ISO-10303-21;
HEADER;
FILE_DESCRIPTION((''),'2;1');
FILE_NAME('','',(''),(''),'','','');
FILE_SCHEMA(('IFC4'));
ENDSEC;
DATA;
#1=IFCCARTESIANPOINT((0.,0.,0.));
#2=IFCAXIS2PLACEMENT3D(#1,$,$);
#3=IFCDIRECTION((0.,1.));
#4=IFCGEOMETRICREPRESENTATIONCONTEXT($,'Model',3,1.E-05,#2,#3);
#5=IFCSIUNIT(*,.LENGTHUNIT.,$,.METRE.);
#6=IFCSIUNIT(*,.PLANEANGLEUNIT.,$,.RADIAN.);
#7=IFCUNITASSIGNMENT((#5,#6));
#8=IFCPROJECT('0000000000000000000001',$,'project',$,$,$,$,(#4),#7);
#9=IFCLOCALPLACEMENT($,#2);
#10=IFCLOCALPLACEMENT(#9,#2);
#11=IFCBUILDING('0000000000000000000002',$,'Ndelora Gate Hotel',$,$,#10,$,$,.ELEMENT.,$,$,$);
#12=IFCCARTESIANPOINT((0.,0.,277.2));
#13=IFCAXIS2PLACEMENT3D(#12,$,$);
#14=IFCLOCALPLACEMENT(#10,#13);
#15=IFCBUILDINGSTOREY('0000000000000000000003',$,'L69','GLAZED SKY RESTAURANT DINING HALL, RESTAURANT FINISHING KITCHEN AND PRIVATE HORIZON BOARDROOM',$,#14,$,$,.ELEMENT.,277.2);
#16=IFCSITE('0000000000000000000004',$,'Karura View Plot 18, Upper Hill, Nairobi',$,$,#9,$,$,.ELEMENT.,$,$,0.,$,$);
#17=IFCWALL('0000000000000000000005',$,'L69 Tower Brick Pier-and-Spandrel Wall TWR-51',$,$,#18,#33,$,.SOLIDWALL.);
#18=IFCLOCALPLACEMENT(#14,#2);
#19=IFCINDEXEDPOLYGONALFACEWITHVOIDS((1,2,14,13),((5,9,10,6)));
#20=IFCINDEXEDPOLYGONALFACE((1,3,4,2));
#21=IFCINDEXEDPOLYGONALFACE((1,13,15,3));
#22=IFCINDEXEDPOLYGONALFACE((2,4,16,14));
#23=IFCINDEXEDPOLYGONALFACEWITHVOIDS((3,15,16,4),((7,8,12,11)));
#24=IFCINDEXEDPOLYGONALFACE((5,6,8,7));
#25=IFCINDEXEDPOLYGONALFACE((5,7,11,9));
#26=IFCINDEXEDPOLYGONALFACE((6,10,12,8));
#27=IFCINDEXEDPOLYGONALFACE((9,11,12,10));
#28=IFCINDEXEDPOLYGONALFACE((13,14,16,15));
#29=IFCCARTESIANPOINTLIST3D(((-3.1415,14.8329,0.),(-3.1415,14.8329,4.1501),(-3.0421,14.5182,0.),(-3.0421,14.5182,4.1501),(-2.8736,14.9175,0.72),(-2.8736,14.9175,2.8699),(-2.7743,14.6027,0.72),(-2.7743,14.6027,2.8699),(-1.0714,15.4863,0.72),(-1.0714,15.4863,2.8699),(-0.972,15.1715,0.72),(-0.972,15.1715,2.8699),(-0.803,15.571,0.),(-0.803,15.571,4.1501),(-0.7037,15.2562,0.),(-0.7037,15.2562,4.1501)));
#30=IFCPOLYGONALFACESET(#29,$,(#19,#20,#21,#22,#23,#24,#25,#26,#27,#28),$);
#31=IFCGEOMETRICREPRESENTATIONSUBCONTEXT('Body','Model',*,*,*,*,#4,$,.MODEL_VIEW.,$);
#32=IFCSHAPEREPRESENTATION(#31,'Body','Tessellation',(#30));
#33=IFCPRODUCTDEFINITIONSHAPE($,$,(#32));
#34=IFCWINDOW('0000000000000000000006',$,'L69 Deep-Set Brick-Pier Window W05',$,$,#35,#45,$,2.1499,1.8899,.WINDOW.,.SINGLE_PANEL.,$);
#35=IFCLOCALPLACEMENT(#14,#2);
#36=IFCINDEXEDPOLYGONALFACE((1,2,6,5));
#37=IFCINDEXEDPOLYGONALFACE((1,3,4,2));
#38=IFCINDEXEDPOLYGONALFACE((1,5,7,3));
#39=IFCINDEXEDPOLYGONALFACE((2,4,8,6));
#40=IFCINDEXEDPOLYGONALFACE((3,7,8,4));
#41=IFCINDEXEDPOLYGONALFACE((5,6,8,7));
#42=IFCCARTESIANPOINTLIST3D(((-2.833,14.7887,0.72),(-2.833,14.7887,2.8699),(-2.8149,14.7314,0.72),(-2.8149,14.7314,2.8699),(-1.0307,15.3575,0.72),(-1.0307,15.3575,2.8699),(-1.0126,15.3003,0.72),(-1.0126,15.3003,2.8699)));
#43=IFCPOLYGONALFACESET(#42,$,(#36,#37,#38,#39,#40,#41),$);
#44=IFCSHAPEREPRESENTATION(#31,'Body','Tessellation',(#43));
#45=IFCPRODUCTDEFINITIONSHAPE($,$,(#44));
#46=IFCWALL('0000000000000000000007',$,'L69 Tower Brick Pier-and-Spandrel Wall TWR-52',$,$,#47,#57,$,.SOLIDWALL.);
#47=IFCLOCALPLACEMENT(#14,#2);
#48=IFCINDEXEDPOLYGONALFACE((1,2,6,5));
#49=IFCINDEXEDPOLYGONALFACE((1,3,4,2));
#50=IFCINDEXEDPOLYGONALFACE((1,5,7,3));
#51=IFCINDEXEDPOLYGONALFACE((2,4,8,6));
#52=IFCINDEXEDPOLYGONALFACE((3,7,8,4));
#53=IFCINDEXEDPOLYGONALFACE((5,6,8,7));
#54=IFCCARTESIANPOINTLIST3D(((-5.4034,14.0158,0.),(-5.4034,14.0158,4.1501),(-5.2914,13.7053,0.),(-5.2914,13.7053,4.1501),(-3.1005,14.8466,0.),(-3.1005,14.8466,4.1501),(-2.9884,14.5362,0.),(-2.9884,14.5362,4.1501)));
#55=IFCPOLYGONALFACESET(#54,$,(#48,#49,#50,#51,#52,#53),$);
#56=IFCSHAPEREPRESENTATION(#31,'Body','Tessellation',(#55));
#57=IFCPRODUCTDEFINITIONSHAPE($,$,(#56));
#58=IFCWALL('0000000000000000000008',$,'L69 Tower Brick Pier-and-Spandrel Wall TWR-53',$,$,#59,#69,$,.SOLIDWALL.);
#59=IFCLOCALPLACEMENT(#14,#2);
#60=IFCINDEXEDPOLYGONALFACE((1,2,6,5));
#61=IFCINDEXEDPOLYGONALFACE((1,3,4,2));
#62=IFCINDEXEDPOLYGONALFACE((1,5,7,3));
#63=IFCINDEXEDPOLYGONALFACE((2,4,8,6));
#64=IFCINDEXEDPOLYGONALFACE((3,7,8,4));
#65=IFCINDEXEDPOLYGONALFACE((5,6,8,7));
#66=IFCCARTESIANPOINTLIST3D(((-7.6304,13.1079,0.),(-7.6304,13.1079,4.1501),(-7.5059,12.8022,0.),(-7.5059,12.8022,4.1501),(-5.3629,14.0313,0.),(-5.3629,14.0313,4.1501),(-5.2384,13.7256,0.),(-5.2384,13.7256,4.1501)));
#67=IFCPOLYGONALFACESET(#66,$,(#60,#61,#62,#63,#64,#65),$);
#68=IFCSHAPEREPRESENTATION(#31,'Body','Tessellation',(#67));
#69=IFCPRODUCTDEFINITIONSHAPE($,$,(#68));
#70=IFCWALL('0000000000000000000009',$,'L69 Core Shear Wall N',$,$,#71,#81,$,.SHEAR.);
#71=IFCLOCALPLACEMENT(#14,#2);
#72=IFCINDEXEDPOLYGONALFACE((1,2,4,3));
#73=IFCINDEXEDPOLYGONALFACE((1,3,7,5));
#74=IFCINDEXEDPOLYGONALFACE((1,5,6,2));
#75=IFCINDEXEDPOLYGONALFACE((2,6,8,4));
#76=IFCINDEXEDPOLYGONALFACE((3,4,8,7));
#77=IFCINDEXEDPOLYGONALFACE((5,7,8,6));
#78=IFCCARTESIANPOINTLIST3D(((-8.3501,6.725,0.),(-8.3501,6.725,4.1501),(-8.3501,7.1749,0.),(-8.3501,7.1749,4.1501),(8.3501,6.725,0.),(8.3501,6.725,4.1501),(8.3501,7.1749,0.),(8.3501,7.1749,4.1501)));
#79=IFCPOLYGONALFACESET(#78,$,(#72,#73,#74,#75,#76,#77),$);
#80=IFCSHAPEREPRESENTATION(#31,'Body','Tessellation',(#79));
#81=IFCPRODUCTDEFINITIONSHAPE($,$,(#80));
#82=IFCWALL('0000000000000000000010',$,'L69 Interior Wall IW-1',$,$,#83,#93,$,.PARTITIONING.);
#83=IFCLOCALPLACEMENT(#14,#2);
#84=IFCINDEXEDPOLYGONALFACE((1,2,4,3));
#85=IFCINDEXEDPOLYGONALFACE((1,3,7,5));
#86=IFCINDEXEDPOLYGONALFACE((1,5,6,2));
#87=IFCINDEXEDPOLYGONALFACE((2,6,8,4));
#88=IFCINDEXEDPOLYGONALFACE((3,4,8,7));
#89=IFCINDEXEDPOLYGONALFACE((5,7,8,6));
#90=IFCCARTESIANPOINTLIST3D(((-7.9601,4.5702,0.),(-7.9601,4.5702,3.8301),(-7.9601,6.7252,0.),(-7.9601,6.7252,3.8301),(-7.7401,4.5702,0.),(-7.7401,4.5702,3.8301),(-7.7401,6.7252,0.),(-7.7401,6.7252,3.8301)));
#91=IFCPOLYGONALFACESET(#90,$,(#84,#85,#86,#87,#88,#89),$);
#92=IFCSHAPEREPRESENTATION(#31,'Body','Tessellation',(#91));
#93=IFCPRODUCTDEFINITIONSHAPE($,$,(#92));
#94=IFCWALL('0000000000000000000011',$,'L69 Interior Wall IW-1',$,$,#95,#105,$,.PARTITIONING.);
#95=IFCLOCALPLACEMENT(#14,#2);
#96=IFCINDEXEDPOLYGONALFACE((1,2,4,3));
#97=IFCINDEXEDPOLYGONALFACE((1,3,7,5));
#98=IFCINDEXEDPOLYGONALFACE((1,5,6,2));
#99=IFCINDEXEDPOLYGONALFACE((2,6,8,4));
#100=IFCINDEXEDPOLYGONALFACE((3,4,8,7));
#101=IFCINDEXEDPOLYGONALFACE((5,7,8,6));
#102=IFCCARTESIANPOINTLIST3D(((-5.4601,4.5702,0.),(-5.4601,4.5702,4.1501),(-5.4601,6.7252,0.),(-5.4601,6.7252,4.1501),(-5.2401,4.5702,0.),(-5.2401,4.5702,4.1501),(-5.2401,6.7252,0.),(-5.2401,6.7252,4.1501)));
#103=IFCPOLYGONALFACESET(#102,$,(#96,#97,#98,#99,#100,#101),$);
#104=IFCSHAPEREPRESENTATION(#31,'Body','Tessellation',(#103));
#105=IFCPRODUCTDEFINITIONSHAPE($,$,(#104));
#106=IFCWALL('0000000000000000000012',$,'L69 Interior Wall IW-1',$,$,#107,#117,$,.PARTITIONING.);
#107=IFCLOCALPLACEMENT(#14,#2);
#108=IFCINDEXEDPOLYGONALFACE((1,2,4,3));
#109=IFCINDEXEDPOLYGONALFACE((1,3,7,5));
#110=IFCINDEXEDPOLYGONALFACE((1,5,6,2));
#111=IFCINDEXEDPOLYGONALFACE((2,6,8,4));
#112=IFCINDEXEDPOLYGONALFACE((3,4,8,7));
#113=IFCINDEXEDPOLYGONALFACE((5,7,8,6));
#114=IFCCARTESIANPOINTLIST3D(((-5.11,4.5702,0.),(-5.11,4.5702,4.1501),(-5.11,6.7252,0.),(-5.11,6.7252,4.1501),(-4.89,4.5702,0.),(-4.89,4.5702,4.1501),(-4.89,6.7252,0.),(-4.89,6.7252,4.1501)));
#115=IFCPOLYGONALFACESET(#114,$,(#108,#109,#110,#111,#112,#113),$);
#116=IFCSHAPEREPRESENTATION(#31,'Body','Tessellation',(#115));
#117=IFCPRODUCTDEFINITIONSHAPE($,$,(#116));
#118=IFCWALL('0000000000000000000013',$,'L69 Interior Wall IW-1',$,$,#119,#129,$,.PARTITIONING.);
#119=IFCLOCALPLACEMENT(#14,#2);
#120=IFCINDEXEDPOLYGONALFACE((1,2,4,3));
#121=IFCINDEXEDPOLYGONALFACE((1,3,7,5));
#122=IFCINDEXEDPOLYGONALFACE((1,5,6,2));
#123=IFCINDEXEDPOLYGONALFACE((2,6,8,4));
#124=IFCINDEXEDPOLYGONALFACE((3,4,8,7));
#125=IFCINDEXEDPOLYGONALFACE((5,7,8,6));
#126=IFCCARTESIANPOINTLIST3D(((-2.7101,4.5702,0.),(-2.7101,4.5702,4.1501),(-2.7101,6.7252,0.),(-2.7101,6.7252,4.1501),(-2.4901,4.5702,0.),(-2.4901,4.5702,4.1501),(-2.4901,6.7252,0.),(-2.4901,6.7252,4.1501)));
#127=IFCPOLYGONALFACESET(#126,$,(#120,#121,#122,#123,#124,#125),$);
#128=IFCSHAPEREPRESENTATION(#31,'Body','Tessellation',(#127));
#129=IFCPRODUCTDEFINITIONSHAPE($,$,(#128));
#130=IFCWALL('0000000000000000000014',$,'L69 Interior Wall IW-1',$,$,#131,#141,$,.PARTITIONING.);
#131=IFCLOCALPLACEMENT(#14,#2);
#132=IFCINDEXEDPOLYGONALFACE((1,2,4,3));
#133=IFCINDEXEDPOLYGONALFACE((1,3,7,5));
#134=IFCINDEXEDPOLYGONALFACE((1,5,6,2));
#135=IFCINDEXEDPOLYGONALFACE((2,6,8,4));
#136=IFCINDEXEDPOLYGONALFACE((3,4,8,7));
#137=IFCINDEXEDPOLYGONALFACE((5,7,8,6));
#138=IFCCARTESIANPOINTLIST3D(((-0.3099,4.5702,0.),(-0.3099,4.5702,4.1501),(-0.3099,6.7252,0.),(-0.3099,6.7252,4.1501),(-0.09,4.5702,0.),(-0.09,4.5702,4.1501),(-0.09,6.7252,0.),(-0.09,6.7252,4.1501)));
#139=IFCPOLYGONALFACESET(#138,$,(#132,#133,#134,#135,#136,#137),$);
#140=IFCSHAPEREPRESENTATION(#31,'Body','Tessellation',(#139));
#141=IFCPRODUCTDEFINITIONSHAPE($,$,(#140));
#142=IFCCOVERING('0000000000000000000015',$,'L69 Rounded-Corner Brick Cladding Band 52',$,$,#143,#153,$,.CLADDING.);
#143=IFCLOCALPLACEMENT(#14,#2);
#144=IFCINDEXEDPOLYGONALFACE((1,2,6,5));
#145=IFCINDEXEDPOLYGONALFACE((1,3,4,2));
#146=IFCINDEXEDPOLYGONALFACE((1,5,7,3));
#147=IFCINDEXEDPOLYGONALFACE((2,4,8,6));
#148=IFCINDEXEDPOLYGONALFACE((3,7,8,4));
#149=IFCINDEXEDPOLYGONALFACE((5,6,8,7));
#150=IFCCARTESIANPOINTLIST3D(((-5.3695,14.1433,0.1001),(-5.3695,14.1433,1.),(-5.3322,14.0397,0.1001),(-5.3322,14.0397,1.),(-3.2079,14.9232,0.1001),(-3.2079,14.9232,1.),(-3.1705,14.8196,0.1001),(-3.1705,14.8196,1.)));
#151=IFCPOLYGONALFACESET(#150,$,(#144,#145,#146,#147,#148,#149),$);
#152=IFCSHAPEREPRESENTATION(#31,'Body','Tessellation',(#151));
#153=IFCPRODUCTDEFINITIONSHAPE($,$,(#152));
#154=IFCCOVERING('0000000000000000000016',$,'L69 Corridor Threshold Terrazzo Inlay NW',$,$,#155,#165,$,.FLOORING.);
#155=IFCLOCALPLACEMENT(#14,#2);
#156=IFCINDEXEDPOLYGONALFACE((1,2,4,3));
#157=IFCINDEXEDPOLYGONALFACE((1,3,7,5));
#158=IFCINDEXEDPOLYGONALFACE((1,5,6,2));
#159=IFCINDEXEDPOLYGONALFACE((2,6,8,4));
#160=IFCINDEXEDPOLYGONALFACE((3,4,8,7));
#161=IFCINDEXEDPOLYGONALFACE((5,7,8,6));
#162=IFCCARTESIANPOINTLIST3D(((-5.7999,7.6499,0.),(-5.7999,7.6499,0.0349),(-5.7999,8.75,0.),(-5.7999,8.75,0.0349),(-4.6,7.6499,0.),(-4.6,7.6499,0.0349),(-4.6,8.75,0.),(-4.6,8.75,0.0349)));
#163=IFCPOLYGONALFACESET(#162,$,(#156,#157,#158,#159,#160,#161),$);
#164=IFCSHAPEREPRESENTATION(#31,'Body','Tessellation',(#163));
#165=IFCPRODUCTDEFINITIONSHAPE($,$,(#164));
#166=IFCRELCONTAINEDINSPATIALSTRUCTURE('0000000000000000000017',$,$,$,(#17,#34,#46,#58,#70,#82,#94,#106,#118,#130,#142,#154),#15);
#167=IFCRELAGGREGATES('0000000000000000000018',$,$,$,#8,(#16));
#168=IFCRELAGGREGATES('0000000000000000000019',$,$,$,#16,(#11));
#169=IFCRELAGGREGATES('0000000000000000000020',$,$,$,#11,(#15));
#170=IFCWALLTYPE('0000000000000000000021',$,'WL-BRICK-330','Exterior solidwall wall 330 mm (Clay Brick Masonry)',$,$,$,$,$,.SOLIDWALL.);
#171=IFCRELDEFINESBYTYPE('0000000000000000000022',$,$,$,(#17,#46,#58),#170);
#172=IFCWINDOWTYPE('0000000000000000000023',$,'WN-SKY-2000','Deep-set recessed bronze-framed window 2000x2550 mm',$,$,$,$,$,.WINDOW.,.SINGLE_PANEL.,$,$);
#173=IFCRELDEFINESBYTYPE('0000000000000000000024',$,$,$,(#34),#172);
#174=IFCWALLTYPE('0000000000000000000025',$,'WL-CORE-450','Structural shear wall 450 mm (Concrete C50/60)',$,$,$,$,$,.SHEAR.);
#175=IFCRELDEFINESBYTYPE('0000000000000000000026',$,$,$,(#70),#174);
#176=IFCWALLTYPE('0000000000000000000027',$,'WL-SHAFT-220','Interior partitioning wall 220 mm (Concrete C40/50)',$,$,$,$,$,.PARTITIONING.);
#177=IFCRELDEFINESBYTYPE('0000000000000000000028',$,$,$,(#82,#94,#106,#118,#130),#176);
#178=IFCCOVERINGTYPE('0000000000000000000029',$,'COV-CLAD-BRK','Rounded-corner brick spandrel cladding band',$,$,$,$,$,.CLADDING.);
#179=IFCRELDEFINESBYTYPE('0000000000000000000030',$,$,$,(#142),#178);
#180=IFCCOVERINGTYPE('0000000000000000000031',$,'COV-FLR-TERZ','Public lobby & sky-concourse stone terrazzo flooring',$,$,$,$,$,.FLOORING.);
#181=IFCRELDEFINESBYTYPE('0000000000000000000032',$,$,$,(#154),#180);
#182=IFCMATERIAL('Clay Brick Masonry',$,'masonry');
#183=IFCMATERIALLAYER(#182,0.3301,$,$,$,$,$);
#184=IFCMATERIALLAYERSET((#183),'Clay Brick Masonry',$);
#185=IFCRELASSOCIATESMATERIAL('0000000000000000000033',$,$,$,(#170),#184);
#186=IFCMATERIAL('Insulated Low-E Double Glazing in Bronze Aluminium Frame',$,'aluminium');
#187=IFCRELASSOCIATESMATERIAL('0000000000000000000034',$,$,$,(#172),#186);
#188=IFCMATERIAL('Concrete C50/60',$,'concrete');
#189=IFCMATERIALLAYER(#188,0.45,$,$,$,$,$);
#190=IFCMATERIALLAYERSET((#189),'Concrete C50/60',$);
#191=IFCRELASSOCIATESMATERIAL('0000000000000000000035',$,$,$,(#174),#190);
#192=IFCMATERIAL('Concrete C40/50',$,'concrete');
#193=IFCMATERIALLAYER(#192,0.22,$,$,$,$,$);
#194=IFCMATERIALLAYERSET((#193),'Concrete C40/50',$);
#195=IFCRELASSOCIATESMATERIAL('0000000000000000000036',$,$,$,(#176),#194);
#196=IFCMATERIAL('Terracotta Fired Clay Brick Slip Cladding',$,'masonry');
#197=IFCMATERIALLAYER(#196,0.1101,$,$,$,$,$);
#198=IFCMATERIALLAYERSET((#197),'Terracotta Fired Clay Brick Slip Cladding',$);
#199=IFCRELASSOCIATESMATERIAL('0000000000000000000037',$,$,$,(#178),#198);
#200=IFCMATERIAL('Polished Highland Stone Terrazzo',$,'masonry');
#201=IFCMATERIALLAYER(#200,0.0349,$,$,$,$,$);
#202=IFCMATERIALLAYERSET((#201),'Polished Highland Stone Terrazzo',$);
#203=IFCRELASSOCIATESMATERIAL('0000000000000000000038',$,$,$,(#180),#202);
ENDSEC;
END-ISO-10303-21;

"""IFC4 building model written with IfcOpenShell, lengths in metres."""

from ifc_helpers import new_model, si_unit, direction, frame, frame_2d, origin, origin_2d, place, context, subcontext, project, spatial, rectangle, extrude, material, layer, layer_set, type_object, element, fill, save


model = new_model("IFC4")

# Units and contexts
model_context = context("Model", 3, precision=1e-05, world=origin(), true_north=direction((0.0, 1.0)))
body_context = subcontext(model_context, "Body", "Model", "MODEL_VIEW")
ifc_project = project(units=[si_unit("LENGTHUNIT", "METRE"), si_unit("PLANEANGLEUNIT", "RADIAN")], contexts=[model_context])

# Site, building, storey
site_placement = place(None, origin())
site = spatial("IfcSite", under=ifc_project, at=site_placement, Name="Karura View Plot 18, Upper Hill, Nairobi", CompositionType="ELEMENT", RefElevation=0.0)
building_placement = place(site_placement, origin())
building = spatial("IfcBuilding", under=site, at=building_placement, Name="Ndelora Gate Hotel", CompositionType="ELEMENT")
storey_placement = place(building_placement, frame((0.0, 0.0, 277.2)))
storey = spatial("IfcBuildingStorey", under=building, at=storey_placement, Name="L69", Description="GLAZED SKY RESTAURANT DINING HALL, RESTAURANT FINISHING KITCHEN AND PRIVATE HORIZON BOARDROOM", CompositionType="ELEMENT", Elevation=277.2)

# Shared definitions
ifc_material_1 = material(Name="Concrete C50/60", Category="concrete")

# Wall, opening, window
ifc_material_2 = material(Name="Clay Brick Masonry", Category="masonry")
ifc_layer_1 = layer(ifc_material_2, 0.3301)
ifc_layer_set_1 = layer_set([ifc_layer_1], Name="Clay Brick Masonry")
wall_type_1 = type_object("IfcWallType", Name="WL-BRICK-330", Description="Exterior solidwall wall 330 mm (Clay Brick Masonry)", PredefinedType="SOLIDWALL", material=ifc_layer_set_1)
ifc_material_3 = material(Name="Insulated Low-E Double Glazing in Bronze Aluminium Frame", Category="aluminium")
window_type = type_object("IfcWindowType", Name="WN-SKY-2000", Description="Deep-set recessed bronze-framed window 2000x2550 mm", PartitioningType="SINGLE_PANEL", PredefinedType="WINDOW", material=ifc_material_3)
wall_1_placement = place(storey_placement, frame((-3.0918, 14.6755, 0.0), z_axis=(0.0, 0.0, 1.0), x_axis=(0.953629, 0.300984, 0.0)))
wall_1 = element("IfcWall", 1, at=wall_1_placement, inside=storey, type_object=wall_type_1, Name="L69 Tower Brick Pier-and-Spandrel Wall TWR-51", PredefinedType="SOLIDWALL", context=body_context, shape_type="SweptSolid", body=[
    extrude(rectangle(XDim=2.4521, YDim=0.3301, at=frame_2d((1.2261, 0.0))), origin(), (0.0, 0.0, 1.0), 4.1501),
])
opening_1_placement = place(wall_1_placement, frame((0.281, 0.0, 0.72)))
opening_1 = element("IfcOpeningElement", 2, at=opening_1_placement, cuts=wall_1, PredefinedType="OPENING", context=body_context, shape_type="SweptSolid", body=[
    extrude(rectangle(XDim=1.8899, YDim=2.1499, at=frame_2d((0.9448, 1.075))), frame((0.0, 0.175, 0.0), z_axis=(0.0, -1.0, 0.0), x_axis=(1.0, 0.0, 0.0)), (0.0, 0.0, 1.0), 0.3501),
])
window_1_placement = place(opening_1_placement, origin())
window_1 = element("IfcWindow", 3, at=window_1_placement, inside=storey, type_object=window_type, Name="L69 Deep-Set Brick-Pier Window W05", OverallHeight=2.1499, OverallWidth=1.8899, PartitioningType="SINGLE_PANEL", PredefinedType="WINDOW", context=body_context, shape_type="SweptSolid", body=[
    extrude(rectangle(XDim=1.8899, YDim=2.1499, at=frame_2d((0.9448, 1.075))), frame((0.0, 0.03, 0.0), z_axis=(0.0, -1.0, 0.0), x_axis=(1.0, 0.0, 0.0)), (0.0, 0.0, 1.0), 0.0601),
])
fill(opening_1, window_1)

# Walls
for number, where, z_axis, x_axis, name in (
    (4, (-5.3474, 13.8606, 0.0), (0.0, 0.0, 1.0), (0.940661, 0.339348, 0.0), "L69 Tower Brick Pier-and-Spandrel Wall TWR-52"),
    (5, (-7.5681, 12.9551, 0.0), (0.0, 0.0, 1.0), (0.926148, 0.377161, 0.0), "L69 Tower Brick Pier-and-Spandrel Wall TWR-53"),
):
    element("IfcWall", number, at=place(storey_placement, frame(where, z_axis=z_axis, x_axis=x_axis)), inside=storey, type_object=wall_type_1, Name=name, PredefinedType="SOLIDWALL", context=body_context, shape_type="SweptSolid", body=[
        extrude(rectangle(XDim=2.4482, YDim=0.3301, at=frame_2d((1.2241, 0.0))), origin(), (0.0, 0.0, 1.0), 4.1501),
    ])
ifc_layer_2 = layer(ifc_material_1, 0.45)
ifc_layer_set_2 = layer_set([ifc_layer_2], Name="Concrete C50/60")
wall_type_2 = type_object("IfcWallType", Name="WL-CORE-450", Description="Structural shear wall 450 mm (Concrete C50/60)", PredefinedType="SHEAR", material=ifc_layer_set_2)
wall_2_placement = place(storey_placement, frame((-8.3501, 6.95, 0.0), z_axis=(0.0, 0.0, 1.0), x_axis=(1.0, 0.0, 0.0)))
element("IfcWall", 6, at=wall_2_placement, inside=storey, type_object=wall_type_2, Name="L69 Core Shear Wall N", PredefinedType="SHEAR", context=body_context, shape_type="SweptSolid", body=[
    extrude(rectangle(XDim=16.7002, YDim=0.45, at=frame_2d((8.3501, 0.0))), origin(), (0.0, 0.0, 1.0), 4.1501),
])
ifc_material_4 = material(Name="Concrete C40/50", Category="concrete")
ifc_layer_3 = layer(ifc_material_4, 0.22)
ifc_layer_set_3 = layer_set([ifc_layer_3], Name="Concrete C40/50")
wall_type_3 = type_object("IfcWallType", Name="WL-SHAFT-220", Description="Interior partitioning wall 220 mm (Concrete C40/50)", PredefinedType="PARTITIONING", material=ifc_layer_set_3)
wall_3_placement = place(storey_placement, frame((-7.8501, 4.5701, 0.0), z_axis=(0.0, 0.0, 1.0), x_axis=(0.0, 1.0, 0.0)))
element("IfcWall", 7, at=wall_3_placement, inside=storey, type_object=wall_type_3, Name="L69 Interior Wall IW-1", PredefinedType="PARTITIONING", context=body_context, shape_type="SweptSolid", body=[
    extrude(rectangle(XDim=2.155, YDim=0.22, at=frame_2d((1.0776, 0.0))), origin(), (0.0, 0.0, 1.0), 3.8301),
])
for number, where, z_axis, x_axis, name in (
    (8, (-5.3501, 4.5701, 0.0), (0.0, 0.0, 1.0), (0.0, 1.0, 0.0), "L69 Interior Wall IW-1"),
    (9, (-5.0, 4.5701, 0.0), (0.0, 0.0, 1.0), (0.0, 1.0, 0.0), "L69 Interior Wall IW-1"),
    (10, (-2.6001, 4.5701, 0.0), (0.0, 0.0, 1.0), (0.0, 1.0, 0.0), "L69 Interior Wall IW-1"),
    (11, (-0.2, 4.5701, 0.0), (0.0, 0.0, 1.0), (0.0, 1.0, 0.0), "L69 Interior Wall IW-1"),
):
    element("IfcWall", number, at=place(storey_placement, frame(where, z_axis=z_axis, x_axis=x_axis)), inside=storey, type_object=wall_type_3, Name=name, PredefinedType="PARTITIONING", context=body_context, shape_type="SweptSolid", body=[
        extrude(rectangle(XDim=2.155, YDim=0.22, at=frame_2d((1.0776, 0.0))), origin(), (0.0, 0.0, 1.0), 4.1501),
    ])

# Coverings
ifc_material_5 = material(Name="Terracotta Fired Clay Brick Slip Cladding", Category="masonry")
ifc_layer_4 = layer(ifc_material_5, 0.1101)
ifc_layer_set_4 = layer_set([ifc_layer_4], Name="Terracotta Fired Clay Brick Slip Cladding")
covering_type_1 = type_object("IfcCoveringType", Name="COV-CLAD-BRK", Description="Rounded-corner brick spandrel cladding band", PredefinedType="CLADDING", material=ifc_layer_set_4)
covering_1_placement = place(storey_placement, frame((-4.27, 14.4814, 0.1001), z_axis=(0.0, 0.0, 1.0), x_axis=(0.940644, 0.339395, 0.0)))
element("IfcCovering", 12, at=covering_1_placement, inside=storey, type_object=covering_type_1, Name="L69 Rounded-Corner Brick Cladding Band 52", PredefinedType="CLADDING", context=body_context, shape_type="SweptSolid", body=[
    extrude(rectangle(XDim=2.2981, YDim=0.1101, at=origin_2d()), origin(), (0.0, 0.0, 1.0), 0.8999),
])
ifc_material_6 = material(Name="Polished Highland Stone Terrazzo", Category="masonry")
ifc_layer_5 = layer(ifc_material_6, 0.0349)
ifc_layer_set_5 = layer_set([ifc_layer_5], Name="Polished Highland Stone Terrazzo")
covering_type_2 = type_object("IfcCoveringType", Name="COV-FLR-TERZ", Description="Public lobby & sky-concourse stone terrazzo flooring", PredefinedType="FLOORING", material=ifc_layer_set_5)
covering_2_placement = place(storey_placement, frame((-5.2, 8.2, 0.0), z_axis=(0.0, 0.0, 1.0), x_axis=(1.0, 0.0, 0.0)))
element("IfcCovering", 13, at=covering_2_placement, inside=storey, type_object=covering_type_2, Name="L69 Corridor Threshold Terrazzo Inlay NW", PredefinedType="FLOORING", context=body_context, shape_type="SweptSolid", body=[
    extrude(rectangle(XDim=1.2, YDim=1.1001, at=origin_2d()), origin(), (0.0, 0.0, 1.0), 0.0349),
])

save(model, "model.ifc")
